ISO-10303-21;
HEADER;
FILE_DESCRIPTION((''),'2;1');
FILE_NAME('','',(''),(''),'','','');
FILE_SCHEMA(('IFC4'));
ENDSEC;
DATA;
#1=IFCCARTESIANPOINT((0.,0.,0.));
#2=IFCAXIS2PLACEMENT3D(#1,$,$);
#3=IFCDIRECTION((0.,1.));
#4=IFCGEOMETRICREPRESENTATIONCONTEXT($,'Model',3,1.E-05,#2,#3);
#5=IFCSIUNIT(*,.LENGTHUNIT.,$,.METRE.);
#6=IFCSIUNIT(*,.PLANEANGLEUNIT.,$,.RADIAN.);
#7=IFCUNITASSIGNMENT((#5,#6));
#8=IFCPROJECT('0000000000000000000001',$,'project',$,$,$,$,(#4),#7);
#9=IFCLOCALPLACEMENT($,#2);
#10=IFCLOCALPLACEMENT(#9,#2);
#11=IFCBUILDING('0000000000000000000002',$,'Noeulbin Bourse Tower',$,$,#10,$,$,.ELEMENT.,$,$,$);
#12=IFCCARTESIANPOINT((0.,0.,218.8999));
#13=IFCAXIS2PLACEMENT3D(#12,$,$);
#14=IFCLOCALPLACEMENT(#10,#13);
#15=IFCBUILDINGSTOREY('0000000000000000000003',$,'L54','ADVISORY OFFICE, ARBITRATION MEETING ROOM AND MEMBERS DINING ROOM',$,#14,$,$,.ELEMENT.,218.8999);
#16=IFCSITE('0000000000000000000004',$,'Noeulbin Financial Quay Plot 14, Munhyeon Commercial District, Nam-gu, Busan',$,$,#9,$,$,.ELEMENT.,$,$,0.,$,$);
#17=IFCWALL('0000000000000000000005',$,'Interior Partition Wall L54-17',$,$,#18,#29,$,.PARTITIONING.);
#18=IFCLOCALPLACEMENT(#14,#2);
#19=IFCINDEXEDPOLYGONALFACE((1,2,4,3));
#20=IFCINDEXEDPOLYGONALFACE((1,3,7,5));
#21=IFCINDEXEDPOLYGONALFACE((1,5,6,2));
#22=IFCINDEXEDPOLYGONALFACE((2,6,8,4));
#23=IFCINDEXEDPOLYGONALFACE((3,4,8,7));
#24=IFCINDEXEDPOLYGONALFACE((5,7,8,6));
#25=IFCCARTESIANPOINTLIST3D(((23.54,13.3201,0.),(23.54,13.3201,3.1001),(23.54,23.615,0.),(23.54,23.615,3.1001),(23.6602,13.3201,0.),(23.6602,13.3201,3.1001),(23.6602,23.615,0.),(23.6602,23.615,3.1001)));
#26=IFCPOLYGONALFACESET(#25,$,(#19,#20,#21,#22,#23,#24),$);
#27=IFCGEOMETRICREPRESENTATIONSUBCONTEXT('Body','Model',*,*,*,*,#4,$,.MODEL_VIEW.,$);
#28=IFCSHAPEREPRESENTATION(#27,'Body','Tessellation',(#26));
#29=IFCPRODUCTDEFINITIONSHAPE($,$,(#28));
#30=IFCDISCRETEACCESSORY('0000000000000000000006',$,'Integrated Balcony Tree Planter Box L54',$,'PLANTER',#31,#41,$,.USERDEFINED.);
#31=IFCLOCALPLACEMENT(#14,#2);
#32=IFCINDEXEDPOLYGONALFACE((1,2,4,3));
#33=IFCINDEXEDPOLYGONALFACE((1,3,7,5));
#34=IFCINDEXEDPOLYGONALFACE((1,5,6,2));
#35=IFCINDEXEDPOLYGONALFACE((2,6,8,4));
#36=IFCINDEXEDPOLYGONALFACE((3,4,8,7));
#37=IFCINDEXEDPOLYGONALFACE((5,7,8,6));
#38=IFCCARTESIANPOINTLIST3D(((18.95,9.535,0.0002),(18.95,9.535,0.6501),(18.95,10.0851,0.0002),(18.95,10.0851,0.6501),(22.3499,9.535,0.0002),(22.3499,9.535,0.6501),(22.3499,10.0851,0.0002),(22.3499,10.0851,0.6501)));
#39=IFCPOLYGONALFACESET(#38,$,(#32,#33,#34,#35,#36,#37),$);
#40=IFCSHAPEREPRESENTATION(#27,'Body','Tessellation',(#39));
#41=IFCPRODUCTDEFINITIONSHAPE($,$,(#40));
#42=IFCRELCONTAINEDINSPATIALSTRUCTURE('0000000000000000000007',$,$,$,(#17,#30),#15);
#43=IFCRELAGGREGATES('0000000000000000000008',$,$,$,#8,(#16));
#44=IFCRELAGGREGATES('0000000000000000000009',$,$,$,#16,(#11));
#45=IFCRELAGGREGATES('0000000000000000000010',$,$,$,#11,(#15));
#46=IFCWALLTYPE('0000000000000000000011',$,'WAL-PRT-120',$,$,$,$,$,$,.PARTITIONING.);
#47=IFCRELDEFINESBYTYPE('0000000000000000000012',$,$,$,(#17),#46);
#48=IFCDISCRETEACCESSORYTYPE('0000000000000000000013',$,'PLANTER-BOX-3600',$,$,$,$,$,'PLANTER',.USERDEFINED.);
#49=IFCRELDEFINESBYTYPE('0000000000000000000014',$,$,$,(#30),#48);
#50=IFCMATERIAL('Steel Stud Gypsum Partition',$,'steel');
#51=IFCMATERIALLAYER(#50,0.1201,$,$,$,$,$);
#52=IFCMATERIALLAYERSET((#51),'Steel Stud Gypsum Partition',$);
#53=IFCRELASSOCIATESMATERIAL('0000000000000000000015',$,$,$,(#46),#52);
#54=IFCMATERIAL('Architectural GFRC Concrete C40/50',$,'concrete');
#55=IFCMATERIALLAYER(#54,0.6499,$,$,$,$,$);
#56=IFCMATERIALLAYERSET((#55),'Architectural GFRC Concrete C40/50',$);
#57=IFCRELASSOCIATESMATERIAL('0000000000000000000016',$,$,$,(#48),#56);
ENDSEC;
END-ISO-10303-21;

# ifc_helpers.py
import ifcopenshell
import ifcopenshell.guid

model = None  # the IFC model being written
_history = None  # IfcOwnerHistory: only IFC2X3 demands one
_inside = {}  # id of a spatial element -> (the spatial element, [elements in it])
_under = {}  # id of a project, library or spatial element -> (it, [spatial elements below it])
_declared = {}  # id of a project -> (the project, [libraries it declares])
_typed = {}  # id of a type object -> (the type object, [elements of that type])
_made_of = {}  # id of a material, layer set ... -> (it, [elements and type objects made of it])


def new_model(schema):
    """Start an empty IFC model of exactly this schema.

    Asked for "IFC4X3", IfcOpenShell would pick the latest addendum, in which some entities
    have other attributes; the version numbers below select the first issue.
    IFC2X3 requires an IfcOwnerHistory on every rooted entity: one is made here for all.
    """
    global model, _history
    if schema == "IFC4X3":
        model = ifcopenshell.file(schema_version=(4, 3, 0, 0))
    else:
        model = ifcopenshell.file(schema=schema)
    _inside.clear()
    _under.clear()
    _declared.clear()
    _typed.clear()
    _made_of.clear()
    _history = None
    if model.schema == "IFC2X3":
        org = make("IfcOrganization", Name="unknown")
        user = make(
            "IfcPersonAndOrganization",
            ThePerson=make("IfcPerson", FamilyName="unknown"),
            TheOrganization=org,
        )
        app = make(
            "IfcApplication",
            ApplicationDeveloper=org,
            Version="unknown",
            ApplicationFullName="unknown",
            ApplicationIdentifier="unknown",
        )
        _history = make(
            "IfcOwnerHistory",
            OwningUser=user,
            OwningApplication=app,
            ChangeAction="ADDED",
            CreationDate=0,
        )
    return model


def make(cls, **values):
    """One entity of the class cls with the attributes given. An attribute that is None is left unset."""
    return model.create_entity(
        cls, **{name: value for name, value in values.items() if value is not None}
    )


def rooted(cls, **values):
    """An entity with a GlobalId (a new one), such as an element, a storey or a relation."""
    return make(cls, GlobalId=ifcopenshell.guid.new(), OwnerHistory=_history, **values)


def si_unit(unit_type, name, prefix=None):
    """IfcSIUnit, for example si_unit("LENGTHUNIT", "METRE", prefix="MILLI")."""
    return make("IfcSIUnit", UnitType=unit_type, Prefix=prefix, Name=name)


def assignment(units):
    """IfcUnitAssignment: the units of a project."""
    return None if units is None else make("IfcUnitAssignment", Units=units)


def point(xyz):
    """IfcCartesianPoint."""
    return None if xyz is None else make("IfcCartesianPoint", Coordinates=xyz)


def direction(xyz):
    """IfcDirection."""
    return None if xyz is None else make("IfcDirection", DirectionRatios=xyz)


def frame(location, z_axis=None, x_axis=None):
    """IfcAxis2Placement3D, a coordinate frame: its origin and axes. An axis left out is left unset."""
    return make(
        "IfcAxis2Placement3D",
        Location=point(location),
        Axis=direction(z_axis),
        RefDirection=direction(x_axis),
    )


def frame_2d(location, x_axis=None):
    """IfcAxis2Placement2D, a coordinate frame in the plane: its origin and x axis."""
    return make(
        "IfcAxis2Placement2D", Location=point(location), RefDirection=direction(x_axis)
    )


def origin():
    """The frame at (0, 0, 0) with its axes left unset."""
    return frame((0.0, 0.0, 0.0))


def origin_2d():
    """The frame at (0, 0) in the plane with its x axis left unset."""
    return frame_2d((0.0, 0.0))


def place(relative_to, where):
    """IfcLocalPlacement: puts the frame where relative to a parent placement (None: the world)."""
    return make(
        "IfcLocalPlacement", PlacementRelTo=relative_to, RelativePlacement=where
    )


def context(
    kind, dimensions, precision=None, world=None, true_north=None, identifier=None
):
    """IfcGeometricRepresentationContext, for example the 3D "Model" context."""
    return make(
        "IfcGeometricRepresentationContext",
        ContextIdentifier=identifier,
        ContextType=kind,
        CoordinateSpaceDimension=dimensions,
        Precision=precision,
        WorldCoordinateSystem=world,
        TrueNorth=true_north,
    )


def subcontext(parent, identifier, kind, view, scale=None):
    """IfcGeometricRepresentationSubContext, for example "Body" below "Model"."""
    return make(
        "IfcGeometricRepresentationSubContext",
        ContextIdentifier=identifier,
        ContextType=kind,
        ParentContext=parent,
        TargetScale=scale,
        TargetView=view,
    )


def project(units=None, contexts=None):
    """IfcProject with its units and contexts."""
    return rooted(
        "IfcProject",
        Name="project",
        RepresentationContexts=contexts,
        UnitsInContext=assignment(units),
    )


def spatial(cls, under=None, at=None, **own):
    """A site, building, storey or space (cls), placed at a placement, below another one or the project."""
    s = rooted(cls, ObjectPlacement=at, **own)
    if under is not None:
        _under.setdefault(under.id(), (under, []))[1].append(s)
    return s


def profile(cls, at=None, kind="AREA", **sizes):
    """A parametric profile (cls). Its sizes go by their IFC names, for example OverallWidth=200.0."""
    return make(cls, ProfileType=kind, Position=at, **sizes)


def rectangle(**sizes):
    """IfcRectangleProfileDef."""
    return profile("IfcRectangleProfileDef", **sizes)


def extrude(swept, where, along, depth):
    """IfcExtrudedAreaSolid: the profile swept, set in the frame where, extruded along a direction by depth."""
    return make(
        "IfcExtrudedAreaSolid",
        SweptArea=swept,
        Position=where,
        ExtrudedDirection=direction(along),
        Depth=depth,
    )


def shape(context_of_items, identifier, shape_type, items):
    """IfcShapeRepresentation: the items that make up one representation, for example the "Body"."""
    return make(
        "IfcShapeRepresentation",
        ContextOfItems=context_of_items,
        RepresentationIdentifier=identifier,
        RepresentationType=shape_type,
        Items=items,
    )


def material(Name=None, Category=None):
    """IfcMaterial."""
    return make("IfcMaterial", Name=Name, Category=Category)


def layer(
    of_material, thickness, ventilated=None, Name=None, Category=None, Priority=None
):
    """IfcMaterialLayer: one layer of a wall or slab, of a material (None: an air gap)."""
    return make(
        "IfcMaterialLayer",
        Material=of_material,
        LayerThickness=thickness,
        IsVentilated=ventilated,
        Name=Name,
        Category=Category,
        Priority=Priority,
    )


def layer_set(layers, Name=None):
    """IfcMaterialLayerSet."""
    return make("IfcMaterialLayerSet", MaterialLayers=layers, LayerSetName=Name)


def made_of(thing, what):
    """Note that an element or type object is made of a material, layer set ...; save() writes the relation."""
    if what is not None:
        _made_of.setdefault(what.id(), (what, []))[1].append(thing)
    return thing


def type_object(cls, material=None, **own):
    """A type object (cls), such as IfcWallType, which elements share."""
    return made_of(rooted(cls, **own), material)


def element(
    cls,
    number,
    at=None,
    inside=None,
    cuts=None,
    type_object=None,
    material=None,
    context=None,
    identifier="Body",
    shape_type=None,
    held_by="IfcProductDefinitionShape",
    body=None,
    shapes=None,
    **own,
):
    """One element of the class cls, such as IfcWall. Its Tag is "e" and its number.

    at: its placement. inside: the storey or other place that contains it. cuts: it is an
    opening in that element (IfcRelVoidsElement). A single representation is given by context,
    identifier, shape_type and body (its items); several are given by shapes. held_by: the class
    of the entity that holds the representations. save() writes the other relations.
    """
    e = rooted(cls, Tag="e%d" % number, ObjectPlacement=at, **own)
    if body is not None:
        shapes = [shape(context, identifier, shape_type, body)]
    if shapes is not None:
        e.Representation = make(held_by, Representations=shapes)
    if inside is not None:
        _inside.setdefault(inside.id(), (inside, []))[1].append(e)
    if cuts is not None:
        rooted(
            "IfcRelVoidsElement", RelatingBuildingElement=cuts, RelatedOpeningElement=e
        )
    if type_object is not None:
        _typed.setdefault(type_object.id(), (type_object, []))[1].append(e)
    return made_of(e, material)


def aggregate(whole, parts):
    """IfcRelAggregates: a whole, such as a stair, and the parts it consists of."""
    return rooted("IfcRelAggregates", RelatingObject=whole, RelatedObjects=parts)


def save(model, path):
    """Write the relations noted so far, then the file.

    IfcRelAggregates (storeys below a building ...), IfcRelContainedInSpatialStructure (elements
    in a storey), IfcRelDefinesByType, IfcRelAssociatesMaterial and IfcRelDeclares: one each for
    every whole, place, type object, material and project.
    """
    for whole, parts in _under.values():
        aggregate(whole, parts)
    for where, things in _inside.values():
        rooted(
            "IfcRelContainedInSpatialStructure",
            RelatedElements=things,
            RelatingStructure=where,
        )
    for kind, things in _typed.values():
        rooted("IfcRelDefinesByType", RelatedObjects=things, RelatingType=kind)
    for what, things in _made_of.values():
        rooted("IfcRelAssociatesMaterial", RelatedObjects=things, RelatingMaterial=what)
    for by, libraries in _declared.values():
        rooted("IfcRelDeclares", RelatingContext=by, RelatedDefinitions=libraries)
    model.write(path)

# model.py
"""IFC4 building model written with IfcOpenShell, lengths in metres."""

from ifc_helpers import new_model, si_unit, direction, frame, frame_2d, origin, origin_2d, place, context, subcontext, project, spatial, rectangle, extrude, material, layer, layer_set, type_object, element, save


model = new_model("IFC4")

# Units and contexts
model_context = context("Model", 3, precision=1e-05, world=origin(), true_north=direction((0.0, 1.0)))
body_context = subcontext(model_context, "Body", "Model", "MODEL_VIEW")
ifc_project = project(units=[si_unit("LENGTHUNIT", "METRE"), si_unit("PLANEANGLEUNIT", "RADIAN")], contexts=[model_context])

# Site, building, storey
site_placement = place(None, origin())
site = spatial("IfcSite", under=ifc_project, at=site_placement, Name="Noeulbin Financial Quay Plot 14, Munhyeon Commercial District, Nam-gu, Busan", CompositionType="ELEMENT", RefElevation=0.0)
building_placement = place(site_placement, origin())
building = spatial("IfcBuilding", under=site, at=building_placement, Name="Noeulbin Bourse Tower", CompositionType="ELEMENT")
storey_placement = place(building_placement, frame((0.0, 0.0, 218.8999)))
storey = spatial("IfcBuildingStorey", under=building, at=storey_placement, Name="L54", Description="ADVISORY OFFICE, ARBITRATION MEETING ROOM AND MEMBERS DINING ROOM", CompositionType="ELEMENT", Elevation=218.8999)

# Shared definitions
ifc_material_1 = material(Name="Steel Stud Gypsum Partition", Category="steel")
ifc_layer_1 = layer(ifc_material_1, 0.1201)
ifc_layer_set_1 = layer_set([ifc_layer_1], Name="Steel Stud Gypsum Partition")
wall_type_1 = type_object("IfcWallType", Name="WAL-PRT-120", PredefinedType="PARTITIONING", material=ifc_layer_set_1)

# Wall
wall_1_placement = place(storey_placement, frame((23.6001, 13.3201, 0.0), z_axis=(0.0, 0.0, 1.0), x_axis=(0.0, 1.0, 0.0)))
element("IfcWall", 1, at=wall_1_placement, inside=storey, type_object=wall_type_1, Name="Interior Partition Wall L54-17", PredefinedType="PARTITIONING", context=body_context, shape_type="SweptSolid", body=[
    extrude(rectangle(XDim=10.2949, YDim=0.1201, at=frame_2d((5.1475, 0.0))), origin(), (0.0, 0.0, 1.0), 3.1001),
])

# Discrete accessory
ifc_material_2 = material(Name="Architectural GFRC Concrete C40/50", Category="concrete")
ifc_layer_2 = layer(ifc_material_2, 0.6499)
ifc_layer_set_2 = layer_set([ifc_layer_2], Name="Architectural GFRC Concrete C40/50")
discrete_accessory_type = type_object("IfcDiscreteAccessoryType", Name="PLANTER-BOX-3600", ElementType="PLANTER", PredefinedType="USERDEFINED", material=ifc_layer_set_2)
discrete_accessory_placement = place(storey_placement, frame((20.6499, 9.8101, 0.0002), z_axis=(0.0, 0.0, 1.0), x_axis=(1.0, 0.0, 0.0)))
element("IfcDiscreteAccessory", 2, at=discrete_accessory_placement, inside=storey, type_object=discrete_accessory_type, Name="Integrated Balcony Tree Planter Box L54", ObjectType="PLANTER", PredefinedType="USERDEFINED", context=body_context, shape_type="SweptSolid", body=[
    extrude(rectangle(XDim=3.3999, YDim=0.55, at=origin_2d()), origin(), (0.0, 0.0, 1.0), 0.6499),
])

save(model, "model.ifc")
